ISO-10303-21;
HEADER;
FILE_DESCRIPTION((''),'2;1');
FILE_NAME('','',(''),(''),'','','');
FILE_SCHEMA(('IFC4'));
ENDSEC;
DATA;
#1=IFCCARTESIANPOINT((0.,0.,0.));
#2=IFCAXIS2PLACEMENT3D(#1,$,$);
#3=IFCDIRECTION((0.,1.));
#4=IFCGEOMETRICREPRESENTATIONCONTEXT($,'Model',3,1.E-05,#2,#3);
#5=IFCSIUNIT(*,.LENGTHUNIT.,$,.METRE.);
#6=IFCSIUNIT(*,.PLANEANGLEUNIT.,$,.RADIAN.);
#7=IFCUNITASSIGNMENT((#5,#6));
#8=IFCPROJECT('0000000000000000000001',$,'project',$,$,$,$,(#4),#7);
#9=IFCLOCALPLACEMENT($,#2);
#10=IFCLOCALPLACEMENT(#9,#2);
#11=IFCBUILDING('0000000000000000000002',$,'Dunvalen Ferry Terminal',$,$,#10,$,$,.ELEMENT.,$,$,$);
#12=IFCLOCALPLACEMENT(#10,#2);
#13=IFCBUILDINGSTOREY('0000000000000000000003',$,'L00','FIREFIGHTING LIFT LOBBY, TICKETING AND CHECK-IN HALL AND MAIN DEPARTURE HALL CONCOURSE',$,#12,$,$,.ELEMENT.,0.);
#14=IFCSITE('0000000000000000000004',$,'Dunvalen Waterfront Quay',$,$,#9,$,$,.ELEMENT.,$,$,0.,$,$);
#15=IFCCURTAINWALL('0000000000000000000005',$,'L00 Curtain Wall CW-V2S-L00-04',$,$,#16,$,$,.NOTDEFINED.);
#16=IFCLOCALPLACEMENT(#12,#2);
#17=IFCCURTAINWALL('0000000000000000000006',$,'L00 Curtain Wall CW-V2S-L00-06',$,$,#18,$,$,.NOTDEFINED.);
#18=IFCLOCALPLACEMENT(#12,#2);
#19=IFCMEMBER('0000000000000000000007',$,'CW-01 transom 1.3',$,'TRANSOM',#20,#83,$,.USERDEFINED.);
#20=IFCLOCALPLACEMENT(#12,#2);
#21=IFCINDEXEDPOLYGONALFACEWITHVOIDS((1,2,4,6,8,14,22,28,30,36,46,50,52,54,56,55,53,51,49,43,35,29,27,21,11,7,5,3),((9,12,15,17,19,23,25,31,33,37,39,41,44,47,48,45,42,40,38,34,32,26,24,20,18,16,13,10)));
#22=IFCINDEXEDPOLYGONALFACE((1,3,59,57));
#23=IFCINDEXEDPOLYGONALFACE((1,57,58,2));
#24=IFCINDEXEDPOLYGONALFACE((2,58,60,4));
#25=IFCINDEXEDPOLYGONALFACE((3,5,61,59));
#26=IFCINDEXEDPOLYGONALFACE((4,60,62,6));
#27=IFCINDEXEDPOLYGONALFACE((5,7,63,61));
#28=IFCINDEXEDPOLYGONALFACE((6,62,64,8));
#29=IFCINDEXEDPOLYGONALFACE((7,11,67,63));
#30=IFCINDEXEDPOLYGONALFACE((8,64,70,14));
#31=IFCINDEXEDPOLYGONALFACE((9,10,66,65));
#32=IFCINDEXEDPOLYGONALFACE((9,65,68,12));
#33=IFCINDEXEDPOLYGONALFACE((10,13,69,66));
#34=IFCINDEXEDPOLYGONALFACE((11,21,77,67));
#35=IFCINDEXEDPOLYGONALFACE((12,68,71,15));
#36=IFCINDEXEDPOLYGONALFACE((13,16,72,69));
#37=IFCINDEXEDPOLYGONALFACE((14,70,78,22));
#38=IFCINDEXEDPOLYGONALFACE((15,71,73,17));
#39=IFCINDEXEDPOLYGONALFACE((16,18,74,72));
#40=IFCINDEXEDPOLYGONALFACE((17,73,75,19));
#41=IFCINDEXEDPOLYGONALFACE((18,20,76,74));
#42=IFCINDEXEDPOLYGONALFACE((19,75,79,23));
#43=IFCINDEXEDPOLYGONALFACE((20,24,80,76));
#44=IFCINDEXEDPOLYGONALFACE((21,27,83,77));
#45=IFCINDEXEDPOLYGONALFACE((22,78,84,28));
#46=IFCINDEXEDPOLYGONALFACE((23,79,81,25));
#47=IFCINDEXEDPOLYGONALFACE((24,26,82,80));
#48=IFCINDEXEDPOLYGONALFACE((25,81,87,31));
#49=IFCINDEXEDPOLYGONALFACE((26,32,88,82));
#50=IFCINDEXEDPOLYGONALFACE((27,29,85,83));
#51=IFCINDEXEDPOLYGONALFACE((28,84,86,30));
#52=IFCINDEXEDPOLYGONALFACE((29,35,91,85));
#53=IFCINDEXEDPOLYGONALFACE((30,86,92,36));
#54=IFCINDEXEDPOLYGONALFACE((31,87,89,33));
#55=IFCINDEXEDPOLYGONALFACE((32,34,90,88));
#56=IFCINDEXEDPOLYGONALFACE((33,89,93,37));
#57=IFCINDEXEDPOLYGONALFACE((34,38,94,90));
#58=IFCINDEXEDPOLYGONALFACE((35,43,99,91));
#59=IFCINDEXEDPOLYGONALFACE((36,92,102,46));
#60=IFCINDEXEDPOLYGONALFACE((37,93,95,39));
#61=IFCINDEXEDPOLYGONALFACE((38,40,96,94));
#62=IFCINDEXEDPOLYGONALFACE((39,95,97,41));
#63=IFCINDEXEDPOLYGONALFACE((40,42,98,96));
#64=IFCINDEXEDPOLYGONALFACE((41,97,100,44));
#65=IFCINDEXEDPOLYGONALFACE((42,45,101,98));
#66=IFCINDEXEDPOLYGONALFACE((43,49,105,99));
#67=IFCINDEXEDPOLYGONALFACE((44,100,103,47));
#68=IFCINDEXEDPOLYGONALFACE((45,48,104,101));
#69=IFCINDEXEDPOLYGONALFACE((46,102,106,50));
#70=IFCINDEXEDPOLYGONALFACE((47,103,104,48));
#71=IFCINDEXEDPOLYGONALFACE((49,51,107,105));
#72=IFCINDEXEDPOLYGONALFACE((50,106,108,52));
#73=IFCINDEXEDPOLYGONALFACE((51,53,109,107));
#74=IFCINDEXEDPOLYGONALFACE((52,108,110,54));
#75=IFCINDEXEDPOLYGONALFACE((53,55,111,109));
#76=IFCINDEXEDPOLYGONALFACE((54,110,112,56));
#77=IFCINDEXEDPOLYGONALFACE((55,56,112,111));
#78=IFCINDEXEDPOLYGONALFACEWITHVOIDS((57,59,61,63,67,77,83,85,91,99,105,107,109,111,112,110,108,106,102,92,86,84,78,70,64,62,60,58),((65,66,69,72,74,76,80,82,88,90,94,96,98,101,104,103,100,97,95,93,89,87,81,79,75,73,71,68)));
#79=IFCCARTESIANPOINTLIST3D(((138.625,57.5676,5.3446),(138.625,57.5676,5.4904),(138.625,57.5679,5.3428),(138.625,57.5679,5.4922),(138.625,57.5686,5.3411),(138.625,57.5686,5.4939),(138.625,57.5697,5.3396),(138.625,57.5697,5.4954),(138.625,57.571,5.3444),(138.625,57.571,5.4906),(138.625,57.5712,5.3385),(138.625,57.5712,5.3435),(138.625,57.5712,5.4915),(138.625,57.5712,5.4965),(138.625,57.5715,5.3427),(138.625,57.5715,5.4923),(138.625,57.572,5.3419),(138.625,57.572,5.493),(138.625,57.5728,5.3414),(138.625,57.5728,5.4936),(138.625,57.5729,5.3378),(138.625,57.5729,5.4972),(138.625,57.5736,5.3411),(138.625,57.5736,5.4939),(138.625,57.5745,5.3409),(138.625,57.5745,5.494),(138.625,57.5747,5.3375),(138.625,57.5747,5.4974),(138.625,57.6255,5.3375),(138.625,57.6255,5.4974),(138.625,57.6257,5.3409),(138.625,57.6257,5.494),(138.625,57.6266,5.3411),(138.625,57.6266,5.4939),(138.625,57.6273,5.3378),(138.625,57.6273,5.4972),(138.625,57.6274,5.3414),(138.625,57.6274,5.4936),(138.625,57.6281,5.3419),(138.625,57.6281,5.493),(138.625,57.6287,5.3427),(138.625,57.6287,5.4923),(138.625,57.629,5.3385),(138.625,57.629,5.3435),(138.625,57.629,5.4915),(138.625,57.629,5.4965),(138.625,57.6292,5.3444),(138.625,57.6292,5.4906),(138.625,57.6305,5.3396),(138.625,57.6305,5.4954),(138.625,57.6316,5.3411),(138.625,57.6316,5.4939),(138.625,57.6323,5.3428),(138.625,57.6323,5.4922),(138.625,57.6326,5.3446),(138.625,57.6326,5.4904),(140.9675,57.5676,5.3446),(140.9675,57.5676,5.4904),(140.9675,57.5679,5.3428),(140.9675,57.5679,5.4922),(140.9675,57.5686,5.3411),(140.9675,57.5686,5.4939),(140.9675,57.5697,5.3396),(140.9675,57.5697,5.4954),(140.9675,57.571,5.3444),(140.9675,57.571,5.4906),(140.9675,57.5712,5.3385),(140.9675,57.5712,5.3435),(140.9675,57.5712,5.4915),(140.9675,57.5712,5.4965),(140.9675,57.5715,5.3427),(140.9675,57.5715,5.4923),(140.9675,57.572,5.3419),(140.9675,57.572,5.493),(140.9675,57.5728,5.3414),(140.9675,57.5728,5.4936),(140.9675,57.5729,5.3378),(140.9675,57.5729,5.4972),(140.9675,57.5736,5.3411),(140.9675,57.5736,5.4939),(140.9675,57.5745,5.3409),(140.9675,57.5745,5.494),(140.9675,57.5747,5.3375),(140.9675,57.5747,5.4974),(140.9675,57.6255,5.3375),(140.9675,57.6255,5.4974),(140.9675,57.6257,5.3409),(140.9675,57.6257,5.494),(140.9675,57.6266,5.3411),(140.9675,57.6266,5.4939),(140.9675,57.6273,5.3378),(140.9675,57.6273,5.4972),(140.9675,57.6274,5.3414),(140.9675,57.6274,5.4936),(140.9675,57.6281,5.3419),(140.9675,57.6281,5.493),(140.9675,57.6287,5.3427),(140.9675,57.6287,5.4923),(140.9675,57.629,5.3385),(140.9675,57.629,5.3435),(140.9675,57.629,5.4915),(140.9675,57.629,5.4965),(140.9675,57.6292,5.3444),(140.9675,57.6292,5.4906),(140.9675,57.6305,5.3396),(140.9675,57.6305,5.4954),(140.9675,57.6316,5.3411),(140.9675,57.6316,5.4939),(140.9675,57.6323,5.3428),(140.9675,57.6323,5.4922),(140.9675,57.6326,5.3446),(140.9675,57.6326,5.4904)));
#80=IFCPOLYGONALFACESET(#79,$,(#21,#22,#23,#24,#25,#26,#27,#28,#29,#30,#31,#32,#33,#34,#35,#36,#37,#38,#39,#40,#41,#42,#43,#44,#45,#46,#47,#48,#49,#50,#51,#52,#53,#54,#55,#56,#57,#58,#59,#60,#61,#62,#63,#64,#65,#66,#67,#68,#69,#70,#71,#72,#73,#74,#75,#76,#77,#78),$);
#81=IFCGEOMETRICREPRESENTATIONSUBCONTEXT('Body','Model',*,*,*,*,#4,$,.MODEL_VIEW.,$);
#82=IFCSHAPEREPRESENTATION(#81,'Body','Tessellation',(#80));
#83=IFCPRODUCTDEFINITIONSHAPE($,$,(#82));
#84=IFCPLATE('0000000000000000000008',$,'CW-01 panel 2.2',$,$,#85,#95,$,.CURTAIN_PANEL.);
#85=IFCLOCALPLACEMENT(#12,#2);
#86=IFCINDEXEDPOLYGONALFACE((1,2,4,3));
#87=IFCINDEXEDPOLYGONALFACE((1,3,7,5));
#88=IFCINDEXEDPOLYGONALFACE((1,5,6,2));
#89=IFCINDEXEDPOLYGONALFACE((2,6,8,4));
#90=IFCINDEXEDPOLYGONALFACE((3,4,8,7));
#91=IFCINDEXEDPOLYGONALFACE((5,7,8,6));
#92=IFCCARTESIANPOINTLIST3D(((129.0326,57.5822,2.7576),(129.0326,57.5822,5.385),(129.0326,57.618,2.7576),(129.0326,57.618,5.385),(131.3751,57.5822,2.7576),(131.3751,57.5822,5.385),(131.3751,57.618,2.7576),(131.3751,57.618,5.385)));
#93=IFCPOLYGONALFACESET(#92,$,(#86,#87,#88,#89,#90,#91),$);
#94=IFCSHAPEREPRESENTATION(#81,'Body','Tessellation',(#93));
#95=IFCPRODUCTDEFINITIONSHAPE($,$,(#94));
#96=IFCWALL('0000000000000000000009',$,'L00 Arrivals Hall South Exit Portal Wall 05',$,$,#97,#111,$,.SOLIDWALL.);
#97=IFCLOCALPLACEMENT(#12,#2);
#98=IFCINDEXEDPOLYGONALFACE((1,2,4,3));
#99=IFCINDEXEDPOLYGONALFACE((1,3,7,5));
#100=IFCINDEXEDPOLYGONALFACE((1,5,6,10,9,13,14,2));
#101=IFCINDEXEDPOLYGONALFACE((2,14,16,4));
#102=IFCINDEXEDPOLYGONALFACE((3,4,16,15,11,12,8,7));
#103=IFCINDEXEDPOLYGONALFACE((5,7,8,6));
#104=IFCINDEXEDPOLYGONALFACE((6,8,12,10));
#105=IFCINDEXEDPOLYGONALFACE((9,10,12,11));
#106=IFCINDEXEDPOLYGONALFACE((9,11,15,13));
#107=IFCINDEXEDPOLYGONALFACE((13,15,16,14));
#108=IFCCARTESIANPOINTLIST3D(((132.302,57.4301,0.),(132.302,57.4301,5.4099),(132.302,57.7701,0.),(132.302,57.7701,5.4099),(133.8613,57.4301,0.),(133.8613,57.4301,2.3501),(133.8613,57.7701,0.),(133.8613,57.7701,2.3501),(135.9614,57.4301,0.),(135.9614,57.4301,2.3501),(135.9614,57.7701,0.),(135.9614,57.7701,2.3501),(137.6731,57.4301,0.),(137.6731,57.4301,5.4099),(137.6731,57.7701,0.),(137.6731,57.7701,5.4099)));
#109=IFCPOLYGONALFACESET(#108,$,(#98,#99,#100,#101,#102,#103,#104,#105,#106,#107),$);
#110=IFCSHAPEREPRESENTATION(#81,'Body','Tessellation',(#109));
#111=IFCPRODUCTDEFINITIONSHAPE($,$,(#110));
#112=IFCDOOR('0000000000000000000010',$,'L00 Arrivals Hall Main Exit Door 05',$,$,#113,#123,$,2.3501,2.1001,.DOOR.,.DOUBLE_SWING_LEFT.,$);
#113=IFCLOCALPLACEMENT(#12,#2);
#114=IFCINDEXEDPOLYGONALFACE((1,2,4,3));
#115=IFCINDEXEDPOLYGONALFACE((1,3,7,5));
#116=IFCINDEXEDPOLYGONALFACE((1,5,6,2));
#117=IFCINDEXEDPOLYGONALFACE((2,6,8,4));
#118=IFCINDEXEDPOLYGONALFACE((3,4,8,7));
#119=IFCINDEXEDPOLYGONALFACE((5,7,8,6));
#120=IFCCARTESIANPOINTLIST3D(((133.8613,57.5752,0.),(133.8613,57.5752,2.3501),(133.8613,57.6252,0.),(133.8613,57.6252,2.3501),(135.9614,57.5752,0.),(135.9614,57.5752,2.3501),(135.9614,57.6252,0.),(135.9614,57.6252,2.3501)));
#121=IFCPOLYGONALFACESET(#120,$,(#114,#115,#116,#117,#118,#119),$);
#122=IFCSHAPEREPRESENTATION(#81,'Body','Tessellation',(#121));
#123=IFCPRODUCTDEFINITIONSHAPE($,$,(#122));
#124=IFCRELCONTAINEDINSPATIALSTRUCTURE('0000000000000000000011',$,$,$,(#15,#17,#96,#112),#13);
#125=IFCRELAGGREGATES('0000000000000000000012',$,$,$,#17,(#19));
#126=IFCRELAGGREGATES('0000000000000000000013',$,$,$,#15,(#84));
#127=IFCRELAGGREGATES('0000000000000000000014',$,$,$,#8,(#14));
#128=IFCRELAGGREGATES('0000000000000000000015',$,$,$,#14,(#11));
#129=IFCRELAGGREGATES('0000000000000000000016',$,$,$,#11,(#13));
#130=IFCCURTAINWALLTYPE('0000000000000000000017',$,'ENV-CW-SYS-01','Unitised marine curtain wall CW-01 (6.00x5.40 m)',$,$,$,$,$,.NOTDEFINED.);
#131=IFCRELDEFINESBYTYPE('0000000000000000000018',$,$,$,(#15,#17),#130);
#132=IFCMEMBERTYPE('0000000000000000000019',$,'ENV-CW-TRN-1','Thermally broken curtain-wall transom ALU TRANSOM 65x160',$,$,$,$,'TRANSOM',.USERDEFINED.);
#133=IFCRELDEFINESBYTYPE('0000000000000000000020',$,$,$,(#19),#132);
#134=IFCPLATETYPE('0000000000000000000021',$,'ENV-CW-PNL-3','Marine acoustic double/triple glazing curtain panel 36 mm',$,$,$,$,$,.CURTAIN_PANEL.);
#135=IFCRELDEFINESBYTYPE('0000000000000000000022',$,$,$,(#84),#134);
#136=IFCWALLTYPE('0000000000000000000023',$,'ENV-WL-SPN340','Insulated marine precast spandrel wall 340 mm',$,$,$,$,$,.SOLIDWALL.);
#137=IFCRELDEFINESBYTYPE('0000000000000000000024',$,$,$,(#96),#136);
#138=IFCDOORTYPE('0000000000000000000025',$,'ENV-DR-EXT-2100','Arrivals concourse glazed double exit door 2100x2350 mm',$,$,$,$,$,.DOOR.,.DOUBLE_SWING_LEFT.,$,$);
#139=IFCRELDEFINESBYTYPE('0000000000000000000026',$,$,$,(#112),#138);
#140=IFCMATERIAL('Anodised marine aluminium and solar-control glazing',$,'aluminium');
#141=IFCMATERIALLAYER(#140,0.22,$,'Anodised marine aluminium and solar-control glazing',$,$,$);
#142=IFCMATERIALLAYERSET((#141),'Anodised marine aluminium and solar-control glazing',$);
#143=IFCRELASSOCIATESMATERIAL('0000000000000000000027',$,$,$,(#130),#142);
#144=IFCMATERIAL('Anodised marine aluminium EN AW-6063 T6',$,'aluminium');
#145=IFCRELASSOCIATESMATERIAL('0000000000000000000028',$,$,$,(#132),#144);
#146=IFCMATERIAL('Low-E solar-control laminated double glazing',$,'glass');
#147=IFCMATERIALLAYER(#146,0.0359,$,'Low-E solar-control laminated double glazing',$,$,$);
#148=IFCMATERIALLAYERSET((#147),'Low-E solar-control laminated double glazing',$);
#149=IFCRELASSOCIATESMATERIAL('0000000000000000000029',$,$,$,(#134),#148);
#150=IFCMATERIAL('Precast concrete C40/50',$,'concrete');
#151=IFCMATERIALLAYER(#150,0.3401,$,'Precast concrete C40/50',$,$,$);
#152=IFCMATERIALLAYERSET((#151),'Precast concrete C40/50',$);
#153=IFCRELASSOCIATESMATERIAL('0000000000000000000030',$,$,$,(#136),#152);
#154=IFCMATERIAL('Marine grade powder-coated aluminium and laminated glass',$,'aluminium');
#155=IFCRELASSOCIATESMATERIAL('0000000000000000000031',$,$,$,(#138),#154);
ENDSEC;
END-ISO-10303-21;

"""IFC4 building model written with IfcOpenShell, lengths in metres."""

from ifc_helpers import new_model, si_unit, direction, frame, frame_2d, origin, origin_2d, place, context, subcontext, project, spatial, rectangle, hollow_rectangle, extrude, material, layer, layer_set, material_profile, profile_set, type_object, element, fill, aggregate, save


model = new_model("IFC4")

# Units and contexts
model_context = context("Model", 3, precision=1e-05, world=origin(), true_north=direction((0.0, 1.0)))
body_context = subcontext(model_context, "Body", "Model", "MODEL_VIEW")
ifc_project = project(units=[si_unit("LENGTHUNIT", "METRE"), si_unit("PLANEANGLEUNIT", "RADIAN")], contexts=[model_context])

# Site, building, storey
site_placement = place(None, origin())
site = spatial("IfcSite", under=ifc_project, at=site_placement, Name="Dunvalen Waterfront Quay", CompositionType="ELEMENT", RefElevation=0.0)
building_placement = place(site_placement, origin())
building = spatial("IfcBuilding", under=site, at=building_placement, Name="Dunvalen Ferry Terminal", CompositionType="ELEMENT")
storey_placement = place(building_placement, origin())
storey = spatial("IfcBuildingStorey", under=building, at=storey_placement, Name="L00", Description="FIREFIGHTING LIFT LOBBY, TICKETING AND CHECK-IN HALL AND MAIN DEPARTURE HALL CONCOURSE", CompositionType="ELEMENT", Elevation=0.0)

# Curtain wall
ifc_material_1 = material(Name="Anodised marine aluminium and solar-control glazing", Category="aluminium")
ifc_layer_1 = layer(ifc_material_1, 0.22, Name="Anodised marine aluminium and solar-control glazing")
ifc_layer_set_1 = layer_set([ifc_layer_1], Name="Anodised marine aluminium and solar-control glazing")
curtain_wall_type = type_object("IfcCurtainWallType", Name="ENV-CW-SYS-01", Description="Unitised marine curtain wall CW-01 (6.00x5.40 m)", PredefinedType="NOTDEFINED", material=ifc_layer_set_1)
curtain_wall_1_placement = place(storey_placement, origin())
curtain_wall_1 = element("IfcCurtainWall", 1, at=curtain_wall_1_placement, inside=storey, type_object=curtain_wall_type, Name="L00 Curtain Wall CW-V2S-L00-04", PredefinedType="NOTDEFINED")
ifc_material_2 = material(Name="Anodised marine aluminium EN AW-6063 T6", Category="aluminium")

# Curtain wall, member
curtain_wall_2_placement = place(storey_placement, origin())
curtain_wall_2 = element("IfcCurtainWall", 2, at=curtain_wall_2_placement, inside=storey, type_object=curtain_wall_type, Name="L00 Curtain Wall CW-V2S-L00-06", PredefinedType="NOTDEFINED")
ifc_material_profile_1 = material_profile(ifc_material_2, hollow_rectangle(XDim=0.0649, YDim=0.1599, WallThickness=0.0034, InnerFilletRadius=0.0034, OuterFilletRadius=0.0071, at=origin_2d()), Name="Anodised marine aluminium EN AW-6063 T6")
ifc_profile_set_1 = profile_set([ifc_material_profile_1], Name="Anodised marine aluminium EN AW-6063 T6")
member_type_1 = type_object("IfcMemberType", Name="ENV-CW-TRN-1", Description="Thermally broken curtain-wall transom ALU TRANSOM 65x160", ElementType="TRANSOM", PredefinedType="USERDEFINED", material=ifc_profile_set_1)
member_1_placement = place(storey_placement, frame((138.625, 57.6001, 5.4175), z_axis=(1.0, 0.0, 0.0), x_axis=(0.0, 1.0, 0.0)))
member_1 = element("IfcMember", 3, at=member_1_placement, type_object=member_type_1, Name="CW-01 transom 1.3", ObjectType="TRANSOM", PredefinedType="USERDEFINED", context=body_context, shape_type="SweptSolid", body=[
    extrude(hollow_rectangle(XDim=0.0649, YDim=0.1599, WallThickness=0.0034, InnerFilletRadius=0.0034, OuterFilletRadius=0.0071, at=origin_2d()), origin(), (0.0, 0.0, 1.0), 2.3425),
])
aggregate(curtain_wall_2, [member_1])

# Plate
ifc_material_3 = material(Name="Low-E solar-control laminated double glazing", Category="glass")
ifc_layer_2 = layer(ifc_material_3, 0.0359, Name="Low-E solar-control laminated double glazing")
ifc_layer_set_2 = layer_set([ifc_layer_2], Name="Low-E solar-control laminated double glazing")
plate_type = type_object("IfcPlateType", Name="ENV-CW-PNL-3", Description="Marine acoustic double/triple glazing curtain panel 36 mm", PredefinedType="CURTAIN_PANEL", material=ifc_layer_set_2)
plate_placement = place(storey_placement, frame((130.2039, 57.6001, 2.7576), z_axis=(0.0, 0.0, 1.0), x_axis=(1.0, 0.0, 0.0)))
plate = element("IfcPlate", 4, at=plate_placement, type_object=plate_type, Name="CW-01 panel 2.2", PredefinedType="CURTAIN_PANEL", context=body_context, shape_type="SweptSolid", body=[
    extrude(rectangle(XDim=2.3425, YDim=0.0359, at=origin_2d()), origin(), (0.0, 0.0, 1.0), 2.6274),
])
aggregate(curtain_wall_1, [plate])

# Wall, opening, door
ifc_material_4 = material(Name="Precast concrete C40/50", Category="concrete")
ifc_layer_3 = layer(ifc_material_4, 0.3401, Name="Precast concrete C40/50")
ifc_layer_set_3 = layer_set([ifc_layer_3], Name="Precast concrete C40/50")
wall_type = type_object("IfcWallType", Name="ENV-WL-SPN340", Description="Insulated marine precast spandrel wall 340 mm", PredefinedType="SOLIDWALL", material=ifc_layer_set_3)
wall_placement = place(storey_placement, frame((132.302, 57.6001, 0.0), z_axis=(0.0, 0.0, 1.0), x_axis=(1.0, 0.0, 0.0)))
wall = element("IfcWall", 5, at=wall_placement, inside=storey, type_object=wall_type, Name="L00 Arrivals Hall South Exit Portal Wall 05", PredefinedType="SOLIDWALL", context=body_context, shape_type="SweptSolid", body=[
    extrude(rectangle(XDim=5.3711, YDim=0.3401, at=frame_2d((2.6855, 0.0))), origin(), (0.0, 0.0, 1.0), 5.4099),
])
opening_placement = place(wall_placement, frame((1.5593, 0.0, 0.0)))
opening = element("IfcOpeningElement", 6, at=opening_placement, cuts=wall, PredefinedType="OPENING", context=body_context, shape_type="SweptSolid", body=[
    extrude(rectangle(XDim=2.1001, YDim=2.3501, at=frame_2d((1.05, 1.175))), frame((0.0, 0.1802, 0.0), z_axis=(0.0, -1.0, 0.0), x_axis=(1.0, 0.0, 0.0)), (0.0, 0.0, 1.0), 0.3601),
])
ifc_material_5 = material(Name="Marine grade powder-coated aluminium and laminated glass", Category="aluminium")
door_type = type_object("IfcDoorType", Name="ENV-DR-EXT-2100", Description="Arrivals concourse glazed double exit door 2100x2350 mm", OperationType="DOUBLE_SWING_LEFT", PredefinedType="DOOR", material=ifc_material_5)
door_placement = place(opening_placement, frame((2.1001, 0.0, 0.0), z_axis=(0.0, 0.0, 1.0), x_axis=(-1.0, 0.0, 0.0)))
door = element("IfcDoor", 7, at=door_placement, inside=storey, type_object=door_type, Name="L00 Arrivals Hall Main Exit Door 05", OperationType="DOUBLE_SWING_LEFT", OverallHeight=2.3501, OverallWidth=2.1001, PredefinedType="DOOR", context=body_context, shape_type="SweptSolid", body=[
    extrude(rectangle(XDim=2.1001, YDim=2.3501, at=frame_2d((1.05, 1.175))), frame((0.0, 0.0249, 0.0), z_axis=(0.0, -1.0, 0.0), x_axis=(1.0, 0.0, 0.0)), (0.0, 0.0, 1.0), 0.05),
])
fill(opening, door)

save(model, "model.ifc")
